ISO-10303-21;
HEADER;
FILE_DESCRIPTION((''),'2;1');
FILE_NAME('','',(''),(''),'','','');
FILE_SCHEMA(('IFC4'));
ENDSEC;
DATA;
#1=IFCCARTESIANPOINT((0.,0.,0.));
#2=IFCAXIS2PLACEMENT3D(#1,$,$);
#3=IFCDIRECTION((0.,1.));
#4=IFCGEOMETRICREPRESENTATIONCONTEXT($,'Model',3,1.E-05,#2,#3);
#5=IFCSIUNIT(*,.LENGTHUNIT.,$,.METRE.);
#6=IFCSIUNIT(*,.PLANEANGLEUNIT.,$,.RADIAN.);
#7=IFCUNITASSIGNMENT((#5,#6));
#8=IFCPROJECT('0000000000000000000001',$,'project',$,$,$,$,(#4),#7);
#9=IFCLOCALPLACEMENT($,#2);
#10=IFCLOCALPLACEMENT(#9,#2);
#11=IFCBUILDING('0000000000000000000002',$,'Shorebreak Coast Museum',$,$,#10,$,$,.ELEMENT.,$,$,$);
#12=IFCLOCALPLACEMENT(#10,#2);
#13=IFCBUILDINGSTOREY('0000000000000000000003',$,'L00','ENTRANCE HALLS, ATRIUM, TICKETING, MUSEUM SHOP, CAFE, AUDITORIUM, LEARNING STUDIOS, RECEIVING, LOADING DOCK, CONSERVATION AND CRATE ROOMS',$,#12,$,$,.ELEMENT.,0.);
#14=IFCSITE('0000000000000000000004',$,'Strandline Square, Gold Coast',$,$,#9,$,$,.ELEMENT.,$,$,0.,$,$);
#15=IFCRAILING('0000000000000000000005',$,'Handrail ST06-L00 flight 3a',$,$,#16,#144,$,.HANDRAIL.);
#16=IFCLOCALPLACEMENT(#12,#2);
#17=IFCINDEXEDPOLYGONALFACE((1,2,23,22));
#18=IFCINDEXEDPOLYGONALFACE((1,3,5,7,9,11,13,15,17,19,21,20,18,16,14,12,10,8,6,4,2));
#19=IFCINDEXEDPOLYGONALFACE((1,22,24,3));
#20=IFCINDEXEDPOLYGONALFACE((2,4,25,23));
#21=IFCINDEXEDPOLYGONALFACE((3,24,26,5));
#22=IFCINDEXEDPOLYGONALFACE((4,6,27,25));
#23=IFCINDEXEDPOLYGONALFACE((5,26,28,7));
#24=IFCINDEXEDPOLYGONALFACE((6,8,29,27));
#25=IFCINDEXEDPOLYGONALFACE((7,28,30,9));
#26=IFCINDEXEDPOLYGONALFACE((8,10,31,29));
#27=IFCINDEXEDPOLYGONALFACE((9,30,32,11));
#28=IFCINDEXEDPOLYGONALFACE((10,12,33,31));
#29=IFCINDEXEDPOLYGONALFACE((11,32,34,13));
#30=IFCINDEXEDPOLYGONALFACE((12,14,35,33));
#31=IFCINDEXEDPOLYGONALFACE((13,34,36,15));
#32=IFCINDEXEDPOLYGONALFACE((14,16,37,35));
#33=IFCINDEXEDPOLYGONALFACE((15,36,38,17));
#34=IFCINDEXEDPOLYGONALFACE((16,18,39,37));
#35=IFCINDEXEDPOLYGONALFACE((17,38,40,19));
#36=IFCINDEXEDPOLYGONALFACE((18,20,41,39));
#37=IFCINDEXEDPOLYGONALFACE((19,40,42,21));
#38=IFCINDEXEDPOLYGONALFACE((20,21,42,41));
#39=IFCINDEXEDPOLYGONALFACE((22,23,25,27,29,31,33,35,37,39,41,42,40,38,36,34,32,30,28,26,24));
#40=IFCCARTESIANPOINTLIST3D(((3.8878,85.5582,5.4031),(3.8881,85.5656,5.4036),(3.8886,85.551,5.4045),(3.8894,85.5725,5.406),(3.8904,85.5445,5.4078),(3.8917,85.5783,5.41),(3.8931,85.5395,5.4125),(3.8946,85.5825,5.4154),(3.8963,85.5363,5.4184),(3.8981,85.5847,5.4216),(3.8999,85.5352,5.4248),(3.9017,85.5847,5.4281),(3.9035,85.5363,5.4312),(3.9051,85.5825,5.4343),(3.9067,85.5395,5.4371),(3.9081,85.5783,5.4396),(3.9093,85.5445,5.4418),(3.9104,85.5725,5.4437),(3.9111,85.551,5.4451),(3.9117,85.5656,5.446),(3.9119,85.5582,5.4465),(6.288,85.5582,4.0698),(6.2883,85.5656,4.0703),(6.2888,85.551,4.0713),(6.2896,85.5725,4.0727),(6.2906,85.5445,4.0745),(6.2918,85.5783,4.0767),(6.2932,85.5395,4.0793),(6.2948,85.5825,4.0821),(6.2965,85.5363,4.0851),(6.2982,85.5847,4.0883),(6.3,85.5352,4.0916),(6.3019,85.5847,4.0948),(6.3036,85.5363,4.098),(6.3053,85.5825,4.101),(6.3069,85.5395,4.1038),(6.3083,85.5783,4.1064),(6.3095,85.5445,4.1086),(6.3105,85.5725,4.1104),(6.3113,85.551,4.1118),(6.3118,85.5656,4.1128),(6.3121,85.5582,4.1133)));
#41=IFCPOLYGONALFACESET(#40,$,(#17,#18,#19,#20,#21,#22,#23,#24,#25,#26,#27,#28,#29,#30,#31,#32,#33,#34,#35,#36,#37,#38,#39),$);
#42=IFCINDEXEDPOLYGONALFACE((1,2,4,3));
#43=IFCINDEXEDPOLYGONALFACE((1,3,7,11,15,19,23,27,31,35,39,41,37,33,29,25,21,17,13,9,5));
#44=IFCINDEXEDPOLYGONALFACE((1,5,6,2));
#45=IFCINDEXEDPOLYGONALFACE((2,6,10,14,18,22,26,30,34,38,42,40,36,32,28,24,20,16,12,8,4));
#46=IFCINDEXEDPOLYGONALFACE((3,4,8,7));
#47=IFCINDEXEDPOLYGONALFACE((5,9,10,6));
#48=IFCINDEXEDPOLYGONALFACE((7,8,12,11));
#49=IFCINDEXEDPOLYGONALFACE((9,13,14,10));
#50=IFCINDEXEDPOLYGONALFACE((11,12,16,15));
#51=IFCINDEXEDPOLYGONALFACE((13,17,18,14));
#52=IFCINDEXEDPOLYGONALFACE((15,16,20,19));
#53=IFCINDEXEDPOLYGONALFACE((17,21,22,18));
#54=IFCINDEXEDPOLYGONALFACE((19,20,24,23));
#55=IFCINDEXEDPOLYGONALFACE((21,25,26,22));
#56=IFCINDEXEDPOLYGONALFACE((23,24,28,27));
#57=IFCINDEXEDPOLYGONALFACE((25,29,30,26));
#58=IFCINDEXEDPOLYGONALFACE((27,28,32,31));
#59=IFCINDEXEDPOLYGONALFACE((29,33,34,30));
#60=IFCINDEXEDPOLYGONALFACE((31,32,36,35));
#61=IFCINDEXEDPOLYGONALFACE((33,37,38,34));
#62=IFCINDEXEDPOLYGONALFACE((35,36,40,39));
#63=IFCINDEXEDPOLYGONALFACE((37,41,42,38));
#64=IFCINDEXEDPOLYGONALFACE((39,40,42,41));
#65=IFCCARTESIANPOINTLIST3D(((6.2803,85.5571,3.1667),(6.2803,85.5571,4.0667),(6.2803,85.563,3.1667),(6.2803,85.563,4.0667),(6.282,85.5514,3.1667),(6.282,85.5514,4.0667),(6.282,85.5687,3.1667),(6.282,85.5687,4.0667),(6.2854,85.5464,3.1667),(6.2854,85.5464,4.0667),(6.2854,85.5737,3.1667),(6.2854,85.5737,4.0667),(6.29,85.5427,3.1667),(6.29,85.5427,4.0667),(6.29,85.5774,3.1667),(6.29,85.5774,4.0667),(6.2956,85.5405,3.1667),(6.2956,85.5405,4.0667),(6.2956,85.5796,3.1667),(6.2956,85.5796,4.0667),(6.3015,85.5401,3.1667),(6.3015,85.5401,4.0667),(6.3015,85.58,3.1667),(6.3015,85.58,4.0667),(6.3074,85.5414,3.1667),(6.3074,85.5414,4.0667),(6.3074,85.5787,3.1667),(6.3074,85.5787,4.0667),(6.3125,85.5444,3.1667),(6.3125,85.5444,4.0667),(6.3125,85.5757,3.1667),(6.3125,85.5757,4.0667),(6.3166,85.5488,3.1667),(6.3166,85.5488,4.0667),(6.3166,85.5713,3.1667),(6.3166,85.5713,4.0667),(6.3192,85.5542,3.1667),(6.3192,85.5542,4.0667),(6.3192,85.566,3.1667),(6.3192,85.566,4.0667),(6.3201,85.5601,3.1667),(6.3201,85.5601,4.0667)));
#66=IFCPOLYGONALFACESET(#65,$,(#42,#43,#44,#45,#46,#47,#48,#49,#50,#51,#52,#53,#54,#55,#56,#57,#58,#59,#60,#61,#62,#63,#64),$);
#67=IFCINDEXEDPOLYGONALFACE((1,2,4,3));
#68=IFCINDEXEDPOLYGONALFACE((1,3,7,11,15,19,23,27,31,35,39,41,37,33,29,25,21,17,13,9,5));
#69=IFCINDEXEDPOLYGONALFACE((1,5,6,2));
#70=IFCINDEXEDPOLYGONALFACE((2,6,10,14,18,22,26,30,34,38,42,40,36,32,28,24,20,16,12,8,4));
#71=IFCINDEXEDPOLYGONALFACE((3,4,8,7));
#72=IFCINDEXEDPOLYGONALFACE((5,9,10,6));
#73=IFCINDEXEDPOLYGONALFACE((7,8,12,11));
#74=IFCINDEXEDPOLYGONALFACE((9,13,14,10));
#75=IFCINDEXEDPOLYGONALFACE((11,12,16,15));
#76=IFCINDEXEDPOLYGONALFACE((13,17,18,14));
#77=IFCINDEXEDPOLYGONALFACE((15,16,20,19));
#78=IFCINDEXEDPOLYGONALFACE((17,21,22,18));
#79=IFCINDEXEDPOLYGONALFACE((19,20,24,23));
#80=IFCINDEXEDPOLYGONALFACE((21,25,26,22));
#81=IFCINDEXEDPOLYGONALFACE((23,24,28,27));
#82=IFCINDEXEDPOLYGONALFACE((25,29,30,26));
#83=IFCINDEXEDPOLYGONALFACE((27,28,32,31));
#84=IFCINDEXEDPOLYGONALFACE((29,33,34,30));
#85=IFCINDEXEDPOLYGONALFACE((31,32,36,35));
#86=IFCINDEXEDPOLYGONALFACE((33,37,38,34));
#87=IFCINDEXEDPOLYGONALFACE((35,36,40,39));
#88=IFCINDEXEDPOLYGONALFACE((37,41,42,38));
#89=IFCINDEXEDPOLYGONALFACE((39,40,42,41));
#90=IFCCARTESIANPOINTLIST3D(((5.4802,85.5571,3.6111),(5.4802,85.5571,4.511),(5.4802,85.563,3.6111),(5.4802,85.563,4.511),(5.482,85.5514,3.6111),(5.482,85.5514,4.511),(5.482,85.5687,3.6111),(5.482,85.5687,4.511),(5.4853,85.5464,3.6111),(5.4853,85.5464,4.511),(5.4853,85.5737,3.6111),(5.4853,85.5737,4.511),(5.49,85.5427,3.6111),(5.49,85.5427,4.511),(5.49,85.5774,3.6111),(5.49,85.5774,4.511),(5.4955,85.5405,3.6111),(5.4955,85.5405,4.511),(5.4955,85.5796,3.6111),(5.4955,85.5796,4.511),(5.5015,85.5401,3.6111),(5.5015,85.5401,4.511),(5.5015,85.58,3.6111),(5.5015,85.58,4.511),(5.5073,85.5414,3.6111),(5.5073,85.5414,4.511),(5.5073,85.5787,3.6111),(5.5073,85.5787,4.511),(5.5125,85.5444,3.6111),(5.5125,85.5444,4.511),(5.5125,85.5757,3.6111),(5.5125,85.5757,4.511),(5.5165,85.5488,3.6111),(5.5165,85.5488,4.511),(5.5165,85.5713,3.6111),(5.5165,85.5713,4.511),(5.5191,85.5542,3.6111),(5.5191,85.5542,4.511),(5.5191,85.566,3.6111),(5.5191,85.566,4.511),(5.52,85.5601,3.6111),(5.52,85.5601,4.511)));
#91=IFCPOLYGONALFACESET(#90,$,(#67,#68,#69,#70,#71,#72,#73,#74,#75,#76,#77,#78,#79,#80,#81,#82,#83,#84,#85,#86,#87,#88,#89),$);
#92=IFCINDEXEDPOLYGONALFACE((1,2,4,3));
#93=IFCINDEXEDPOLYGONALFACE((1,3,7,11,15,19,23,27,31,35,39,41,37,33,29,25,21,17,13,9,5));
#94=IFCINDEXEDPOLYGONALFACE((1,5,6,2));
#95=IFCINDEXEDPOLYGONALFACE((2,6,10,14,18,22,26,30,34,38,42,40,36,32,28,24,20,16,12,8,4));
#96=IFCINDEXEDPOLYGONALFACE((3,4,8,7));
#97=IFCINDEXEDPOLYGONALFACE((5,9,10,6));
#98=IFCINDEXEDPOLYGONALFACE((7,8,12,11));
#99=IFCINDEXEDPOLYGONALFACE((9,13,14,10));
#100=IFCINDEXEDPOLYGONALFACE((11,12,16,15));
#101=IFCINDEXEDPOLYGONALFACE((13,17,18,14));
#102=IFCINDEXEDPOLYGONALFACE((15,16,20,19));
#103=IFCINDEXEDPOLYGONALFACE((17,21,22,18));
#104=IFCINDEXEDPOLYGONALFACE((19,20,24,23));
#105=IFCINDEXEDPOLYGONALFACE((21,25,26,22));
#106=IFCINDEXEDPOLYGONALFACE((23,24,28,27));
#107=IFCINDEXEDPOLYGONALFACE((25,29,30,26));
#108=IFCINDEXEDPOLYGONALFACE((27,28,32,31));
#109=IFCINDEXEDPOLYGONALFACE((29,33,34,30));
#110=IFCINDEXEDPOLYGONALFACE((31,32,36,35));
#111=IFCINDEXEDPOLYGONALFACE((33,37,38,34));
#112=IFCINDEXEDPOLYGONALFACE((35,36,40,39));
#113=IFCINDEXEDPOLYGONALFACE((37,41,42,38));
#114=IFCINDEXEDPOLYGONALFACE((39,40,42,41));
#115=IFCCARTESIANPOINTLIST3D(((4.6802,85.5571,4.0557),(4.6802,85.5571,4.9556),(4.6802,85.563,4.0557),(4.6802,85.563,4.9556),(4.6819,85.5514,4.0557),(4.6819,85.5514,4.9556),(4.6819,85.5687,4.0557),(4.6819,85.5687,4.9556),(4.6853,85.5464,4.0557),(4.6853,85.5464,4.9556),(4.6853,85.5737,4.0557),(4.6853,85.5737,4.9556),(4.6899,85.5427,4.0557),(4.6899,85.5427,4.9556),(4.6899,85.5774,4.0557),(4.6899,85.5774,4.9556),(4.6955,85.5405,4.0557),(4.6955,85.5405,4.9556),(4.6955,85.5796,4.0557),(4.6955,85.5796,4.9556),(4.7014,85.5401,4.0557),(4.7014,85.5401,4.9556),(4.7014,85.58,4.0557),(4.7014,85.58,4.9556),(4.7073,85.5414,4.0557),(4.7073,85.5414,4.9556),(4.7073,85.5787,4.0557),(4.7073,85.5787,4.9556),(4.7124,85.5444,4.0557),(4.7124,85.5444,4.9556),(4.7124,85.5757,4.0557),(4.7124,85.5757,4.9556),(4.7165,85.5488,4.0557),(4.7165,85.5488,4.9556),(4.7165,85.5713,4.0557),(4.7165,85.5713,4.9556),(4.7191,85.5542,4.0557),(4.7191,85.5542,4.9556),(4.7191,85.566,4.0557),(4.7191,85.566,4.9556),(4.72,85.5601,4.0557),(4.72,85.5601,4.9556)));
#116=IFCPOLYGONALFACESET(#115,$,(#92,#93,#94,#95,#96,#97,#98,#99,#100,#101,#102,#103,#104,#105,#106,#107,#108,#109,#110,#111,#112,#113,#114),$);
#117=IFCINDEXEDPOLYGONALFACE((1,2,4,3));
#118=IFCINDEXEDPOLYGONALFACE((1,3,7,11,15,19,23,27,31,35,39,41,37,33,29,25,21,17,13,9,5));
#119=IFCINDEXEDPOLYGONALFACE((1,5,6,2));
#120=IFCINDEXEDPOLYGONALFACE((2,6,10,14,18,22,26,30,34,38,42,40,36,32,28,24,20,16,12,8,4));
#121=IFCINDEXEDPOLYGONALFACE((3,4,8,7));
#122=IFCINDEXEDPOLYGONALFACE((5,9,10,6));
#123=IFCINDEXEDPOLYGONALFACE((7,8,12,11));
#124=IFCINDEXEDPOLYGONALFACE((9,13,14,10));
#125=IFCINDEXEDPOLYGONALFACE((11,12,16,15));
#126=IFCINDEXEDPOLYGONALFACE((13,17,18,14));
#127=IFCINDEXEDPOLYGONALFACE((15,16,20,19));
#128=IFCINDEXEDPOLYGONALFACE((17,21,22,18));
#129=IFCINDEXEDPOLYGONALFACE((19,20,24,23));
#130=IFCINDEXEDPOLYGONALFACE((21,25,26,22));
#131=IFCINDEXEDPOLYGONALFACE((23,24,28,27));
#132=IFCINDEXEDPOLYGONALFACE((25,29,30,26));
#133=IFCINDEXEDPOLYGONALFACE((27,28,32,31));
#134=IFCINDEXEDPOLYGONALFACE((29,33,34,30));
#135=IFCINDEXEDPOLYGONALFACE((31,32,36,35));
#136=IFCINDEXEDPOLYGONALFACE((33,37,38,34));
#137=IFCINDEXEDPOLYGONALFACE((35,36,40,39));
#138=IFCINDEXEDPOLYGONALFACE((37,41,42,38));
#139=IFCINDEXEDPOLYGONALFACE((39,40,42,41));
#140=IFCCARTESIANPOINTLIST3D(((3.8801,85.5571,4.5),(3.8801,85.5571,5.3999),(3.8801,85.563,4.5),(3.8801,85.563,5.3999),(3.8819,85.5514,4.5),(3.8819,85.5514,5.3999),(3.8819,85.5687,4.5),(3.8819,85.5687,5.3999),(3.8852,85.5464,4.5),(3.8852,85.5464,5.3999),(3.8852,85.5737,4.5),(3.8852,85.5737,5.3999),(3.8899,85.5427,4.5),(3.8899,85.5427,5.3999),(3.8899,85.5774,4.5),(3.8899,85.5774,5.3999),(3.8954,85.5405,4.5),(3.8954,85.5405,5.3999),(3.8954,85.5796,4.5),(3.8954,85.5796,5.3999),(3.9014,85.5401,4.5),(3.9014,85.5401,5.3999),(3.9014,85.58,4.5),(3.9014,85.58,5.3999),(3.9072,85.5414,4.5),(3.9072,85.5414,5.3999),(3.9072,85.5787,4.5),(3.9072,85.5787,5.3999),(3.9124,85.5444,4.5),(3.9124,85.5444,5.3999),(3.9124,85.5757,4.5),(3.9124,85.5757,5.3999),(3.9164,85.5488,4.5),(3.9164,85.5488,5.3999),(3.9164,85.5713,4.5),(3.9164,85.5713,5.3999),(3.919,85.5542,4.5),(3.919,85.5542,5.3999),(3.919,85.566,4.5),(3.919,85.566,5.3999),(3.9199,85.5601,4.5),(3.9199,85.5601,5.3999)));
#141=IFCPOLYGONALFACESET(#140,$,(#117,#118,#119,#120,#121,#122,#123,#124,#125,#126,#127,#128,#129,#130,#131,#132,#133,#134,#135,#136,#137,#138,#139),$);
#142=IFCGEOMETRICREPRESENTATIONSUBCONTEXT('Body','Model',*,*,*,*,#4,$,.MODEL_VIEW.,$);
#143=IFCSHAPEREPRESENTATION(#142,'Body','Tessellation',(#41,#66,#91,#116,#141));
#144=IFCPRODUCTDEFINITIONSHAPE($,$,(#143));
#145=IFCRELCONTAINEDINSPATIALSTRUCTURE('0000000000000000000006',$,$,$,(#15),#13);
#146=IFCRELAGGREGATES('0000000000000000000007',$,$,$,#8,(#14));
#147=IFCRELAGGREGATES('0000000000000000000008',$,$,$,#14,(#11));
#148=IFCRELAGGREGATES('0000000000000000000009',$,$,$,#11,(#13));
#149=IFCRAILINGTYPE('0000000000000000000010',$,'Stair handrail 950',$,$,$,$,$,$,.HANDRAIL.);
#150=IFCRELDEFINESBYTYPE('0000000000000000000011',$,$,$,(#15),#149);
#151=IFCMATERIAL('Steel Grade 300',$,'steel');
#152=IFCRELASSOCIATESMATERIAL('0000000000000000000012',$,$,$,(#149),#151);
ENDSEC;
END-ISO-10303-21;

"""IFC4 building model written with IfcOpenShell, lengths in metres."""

from ifc_helpers import new_model, si_unit, direction, frame, origin, origin_2d, place, context, subcontext, project, spatial, circle, extrude, material, type_object, element, save


model = new_model("IFC4")

# Units and contexts
model_context = context("Model", 3, precision=1e-05, world=origin(), true_north=direction((0.0, 1.0)))
body_context = subcontext(model_context, "Body", "Model", "MODEL_VIEW")
ifc_project = project(units=[si_unit("LENGTHUNIT", "METRE"), si_unit("PLANEANGLEUNIT", "RADIAN")], contexts=[model_context])

# Site, building, storey
site_placement = place(None, origin())
site = spatial("IfcSite", under=ifc_project, at=site_placement, Name="Strandline Square, Gold Coast", CompositionType="ELEMENT", RefElevation=0.0)
building_placement = place(site_placement, origin())
building = spatial("IfcBuilding", under=site, at=building_placement, Name="Shorebreak Coast Museum", CompositionType="ELEMENT")
storey_placement = place(building_placement, origin())
storey = spatial("IfcBuildingStorey", under=building, at=storey_placement, Name="L00", Description="ENTRANCE HALLS, ATRIUM, TICKETING, MUSEUM SHOP, CAFE, AUDITORIUM, LEARNING STUDIOS, RECEIVING, LOADING DOCK, CONSERVATION AND CRATE ROOMS", CompositionType="ELEMENT", Elevation=0.0)

# Railing
ifc_material_1 = material(Name="Steel Grade 300", Category="steel")
railing_type_1 = type_object("IfcRailingType", Name="Stair handrail 950", PredefinedType="HANDRAIL", material=ifc_material_1)
for number, where, name in (
    (1, (6.3, 85.5601, 3.1667), "Handrail ST06-L00 flight 3a"),
):
    element("IfcRailing", number, at=place(storey_placement, frame(where)), inside=storey, type_object=railing_type_1, Name=name, PredefinedType="HANDRAIL", context=body_context, shape_type="SweptSolid", body=[
        extrude(circle(Radius=0.0249, at=origin_2d()), frame((0.0, 0.0, 0.9248), z_axis=(-0.874182, 0.0, 0.485598), x_axis=(0.0, -1.0, 0.0)), (0.0, 0.0, 1.0), 2.7456),
        extrude(circle(Radius=0.02, at=origin_2d()), origin(), (0.0, 0.0, 1.0), 0.8999),
        extrude(circle(Radius=0.02, at=origin_2d()), frame((-0.8, 0.0, 0.4443)), (0.0, 0.0, 1.0), 0.8999),
        extrude(circle(Radius=0.02, at=origin_2d()), frame((-1.6001, 0.0, 0.8889)), (0.0, 0.0, 1.0), 0.8999),
        extrude(circle(Radius=0.02, at=origin_2d()), frame((-2.4001, 0.0, 1.3333)), (0.0, 0.0, 1.0), 0.8999),
    ])

save(model, "model.ifc")
